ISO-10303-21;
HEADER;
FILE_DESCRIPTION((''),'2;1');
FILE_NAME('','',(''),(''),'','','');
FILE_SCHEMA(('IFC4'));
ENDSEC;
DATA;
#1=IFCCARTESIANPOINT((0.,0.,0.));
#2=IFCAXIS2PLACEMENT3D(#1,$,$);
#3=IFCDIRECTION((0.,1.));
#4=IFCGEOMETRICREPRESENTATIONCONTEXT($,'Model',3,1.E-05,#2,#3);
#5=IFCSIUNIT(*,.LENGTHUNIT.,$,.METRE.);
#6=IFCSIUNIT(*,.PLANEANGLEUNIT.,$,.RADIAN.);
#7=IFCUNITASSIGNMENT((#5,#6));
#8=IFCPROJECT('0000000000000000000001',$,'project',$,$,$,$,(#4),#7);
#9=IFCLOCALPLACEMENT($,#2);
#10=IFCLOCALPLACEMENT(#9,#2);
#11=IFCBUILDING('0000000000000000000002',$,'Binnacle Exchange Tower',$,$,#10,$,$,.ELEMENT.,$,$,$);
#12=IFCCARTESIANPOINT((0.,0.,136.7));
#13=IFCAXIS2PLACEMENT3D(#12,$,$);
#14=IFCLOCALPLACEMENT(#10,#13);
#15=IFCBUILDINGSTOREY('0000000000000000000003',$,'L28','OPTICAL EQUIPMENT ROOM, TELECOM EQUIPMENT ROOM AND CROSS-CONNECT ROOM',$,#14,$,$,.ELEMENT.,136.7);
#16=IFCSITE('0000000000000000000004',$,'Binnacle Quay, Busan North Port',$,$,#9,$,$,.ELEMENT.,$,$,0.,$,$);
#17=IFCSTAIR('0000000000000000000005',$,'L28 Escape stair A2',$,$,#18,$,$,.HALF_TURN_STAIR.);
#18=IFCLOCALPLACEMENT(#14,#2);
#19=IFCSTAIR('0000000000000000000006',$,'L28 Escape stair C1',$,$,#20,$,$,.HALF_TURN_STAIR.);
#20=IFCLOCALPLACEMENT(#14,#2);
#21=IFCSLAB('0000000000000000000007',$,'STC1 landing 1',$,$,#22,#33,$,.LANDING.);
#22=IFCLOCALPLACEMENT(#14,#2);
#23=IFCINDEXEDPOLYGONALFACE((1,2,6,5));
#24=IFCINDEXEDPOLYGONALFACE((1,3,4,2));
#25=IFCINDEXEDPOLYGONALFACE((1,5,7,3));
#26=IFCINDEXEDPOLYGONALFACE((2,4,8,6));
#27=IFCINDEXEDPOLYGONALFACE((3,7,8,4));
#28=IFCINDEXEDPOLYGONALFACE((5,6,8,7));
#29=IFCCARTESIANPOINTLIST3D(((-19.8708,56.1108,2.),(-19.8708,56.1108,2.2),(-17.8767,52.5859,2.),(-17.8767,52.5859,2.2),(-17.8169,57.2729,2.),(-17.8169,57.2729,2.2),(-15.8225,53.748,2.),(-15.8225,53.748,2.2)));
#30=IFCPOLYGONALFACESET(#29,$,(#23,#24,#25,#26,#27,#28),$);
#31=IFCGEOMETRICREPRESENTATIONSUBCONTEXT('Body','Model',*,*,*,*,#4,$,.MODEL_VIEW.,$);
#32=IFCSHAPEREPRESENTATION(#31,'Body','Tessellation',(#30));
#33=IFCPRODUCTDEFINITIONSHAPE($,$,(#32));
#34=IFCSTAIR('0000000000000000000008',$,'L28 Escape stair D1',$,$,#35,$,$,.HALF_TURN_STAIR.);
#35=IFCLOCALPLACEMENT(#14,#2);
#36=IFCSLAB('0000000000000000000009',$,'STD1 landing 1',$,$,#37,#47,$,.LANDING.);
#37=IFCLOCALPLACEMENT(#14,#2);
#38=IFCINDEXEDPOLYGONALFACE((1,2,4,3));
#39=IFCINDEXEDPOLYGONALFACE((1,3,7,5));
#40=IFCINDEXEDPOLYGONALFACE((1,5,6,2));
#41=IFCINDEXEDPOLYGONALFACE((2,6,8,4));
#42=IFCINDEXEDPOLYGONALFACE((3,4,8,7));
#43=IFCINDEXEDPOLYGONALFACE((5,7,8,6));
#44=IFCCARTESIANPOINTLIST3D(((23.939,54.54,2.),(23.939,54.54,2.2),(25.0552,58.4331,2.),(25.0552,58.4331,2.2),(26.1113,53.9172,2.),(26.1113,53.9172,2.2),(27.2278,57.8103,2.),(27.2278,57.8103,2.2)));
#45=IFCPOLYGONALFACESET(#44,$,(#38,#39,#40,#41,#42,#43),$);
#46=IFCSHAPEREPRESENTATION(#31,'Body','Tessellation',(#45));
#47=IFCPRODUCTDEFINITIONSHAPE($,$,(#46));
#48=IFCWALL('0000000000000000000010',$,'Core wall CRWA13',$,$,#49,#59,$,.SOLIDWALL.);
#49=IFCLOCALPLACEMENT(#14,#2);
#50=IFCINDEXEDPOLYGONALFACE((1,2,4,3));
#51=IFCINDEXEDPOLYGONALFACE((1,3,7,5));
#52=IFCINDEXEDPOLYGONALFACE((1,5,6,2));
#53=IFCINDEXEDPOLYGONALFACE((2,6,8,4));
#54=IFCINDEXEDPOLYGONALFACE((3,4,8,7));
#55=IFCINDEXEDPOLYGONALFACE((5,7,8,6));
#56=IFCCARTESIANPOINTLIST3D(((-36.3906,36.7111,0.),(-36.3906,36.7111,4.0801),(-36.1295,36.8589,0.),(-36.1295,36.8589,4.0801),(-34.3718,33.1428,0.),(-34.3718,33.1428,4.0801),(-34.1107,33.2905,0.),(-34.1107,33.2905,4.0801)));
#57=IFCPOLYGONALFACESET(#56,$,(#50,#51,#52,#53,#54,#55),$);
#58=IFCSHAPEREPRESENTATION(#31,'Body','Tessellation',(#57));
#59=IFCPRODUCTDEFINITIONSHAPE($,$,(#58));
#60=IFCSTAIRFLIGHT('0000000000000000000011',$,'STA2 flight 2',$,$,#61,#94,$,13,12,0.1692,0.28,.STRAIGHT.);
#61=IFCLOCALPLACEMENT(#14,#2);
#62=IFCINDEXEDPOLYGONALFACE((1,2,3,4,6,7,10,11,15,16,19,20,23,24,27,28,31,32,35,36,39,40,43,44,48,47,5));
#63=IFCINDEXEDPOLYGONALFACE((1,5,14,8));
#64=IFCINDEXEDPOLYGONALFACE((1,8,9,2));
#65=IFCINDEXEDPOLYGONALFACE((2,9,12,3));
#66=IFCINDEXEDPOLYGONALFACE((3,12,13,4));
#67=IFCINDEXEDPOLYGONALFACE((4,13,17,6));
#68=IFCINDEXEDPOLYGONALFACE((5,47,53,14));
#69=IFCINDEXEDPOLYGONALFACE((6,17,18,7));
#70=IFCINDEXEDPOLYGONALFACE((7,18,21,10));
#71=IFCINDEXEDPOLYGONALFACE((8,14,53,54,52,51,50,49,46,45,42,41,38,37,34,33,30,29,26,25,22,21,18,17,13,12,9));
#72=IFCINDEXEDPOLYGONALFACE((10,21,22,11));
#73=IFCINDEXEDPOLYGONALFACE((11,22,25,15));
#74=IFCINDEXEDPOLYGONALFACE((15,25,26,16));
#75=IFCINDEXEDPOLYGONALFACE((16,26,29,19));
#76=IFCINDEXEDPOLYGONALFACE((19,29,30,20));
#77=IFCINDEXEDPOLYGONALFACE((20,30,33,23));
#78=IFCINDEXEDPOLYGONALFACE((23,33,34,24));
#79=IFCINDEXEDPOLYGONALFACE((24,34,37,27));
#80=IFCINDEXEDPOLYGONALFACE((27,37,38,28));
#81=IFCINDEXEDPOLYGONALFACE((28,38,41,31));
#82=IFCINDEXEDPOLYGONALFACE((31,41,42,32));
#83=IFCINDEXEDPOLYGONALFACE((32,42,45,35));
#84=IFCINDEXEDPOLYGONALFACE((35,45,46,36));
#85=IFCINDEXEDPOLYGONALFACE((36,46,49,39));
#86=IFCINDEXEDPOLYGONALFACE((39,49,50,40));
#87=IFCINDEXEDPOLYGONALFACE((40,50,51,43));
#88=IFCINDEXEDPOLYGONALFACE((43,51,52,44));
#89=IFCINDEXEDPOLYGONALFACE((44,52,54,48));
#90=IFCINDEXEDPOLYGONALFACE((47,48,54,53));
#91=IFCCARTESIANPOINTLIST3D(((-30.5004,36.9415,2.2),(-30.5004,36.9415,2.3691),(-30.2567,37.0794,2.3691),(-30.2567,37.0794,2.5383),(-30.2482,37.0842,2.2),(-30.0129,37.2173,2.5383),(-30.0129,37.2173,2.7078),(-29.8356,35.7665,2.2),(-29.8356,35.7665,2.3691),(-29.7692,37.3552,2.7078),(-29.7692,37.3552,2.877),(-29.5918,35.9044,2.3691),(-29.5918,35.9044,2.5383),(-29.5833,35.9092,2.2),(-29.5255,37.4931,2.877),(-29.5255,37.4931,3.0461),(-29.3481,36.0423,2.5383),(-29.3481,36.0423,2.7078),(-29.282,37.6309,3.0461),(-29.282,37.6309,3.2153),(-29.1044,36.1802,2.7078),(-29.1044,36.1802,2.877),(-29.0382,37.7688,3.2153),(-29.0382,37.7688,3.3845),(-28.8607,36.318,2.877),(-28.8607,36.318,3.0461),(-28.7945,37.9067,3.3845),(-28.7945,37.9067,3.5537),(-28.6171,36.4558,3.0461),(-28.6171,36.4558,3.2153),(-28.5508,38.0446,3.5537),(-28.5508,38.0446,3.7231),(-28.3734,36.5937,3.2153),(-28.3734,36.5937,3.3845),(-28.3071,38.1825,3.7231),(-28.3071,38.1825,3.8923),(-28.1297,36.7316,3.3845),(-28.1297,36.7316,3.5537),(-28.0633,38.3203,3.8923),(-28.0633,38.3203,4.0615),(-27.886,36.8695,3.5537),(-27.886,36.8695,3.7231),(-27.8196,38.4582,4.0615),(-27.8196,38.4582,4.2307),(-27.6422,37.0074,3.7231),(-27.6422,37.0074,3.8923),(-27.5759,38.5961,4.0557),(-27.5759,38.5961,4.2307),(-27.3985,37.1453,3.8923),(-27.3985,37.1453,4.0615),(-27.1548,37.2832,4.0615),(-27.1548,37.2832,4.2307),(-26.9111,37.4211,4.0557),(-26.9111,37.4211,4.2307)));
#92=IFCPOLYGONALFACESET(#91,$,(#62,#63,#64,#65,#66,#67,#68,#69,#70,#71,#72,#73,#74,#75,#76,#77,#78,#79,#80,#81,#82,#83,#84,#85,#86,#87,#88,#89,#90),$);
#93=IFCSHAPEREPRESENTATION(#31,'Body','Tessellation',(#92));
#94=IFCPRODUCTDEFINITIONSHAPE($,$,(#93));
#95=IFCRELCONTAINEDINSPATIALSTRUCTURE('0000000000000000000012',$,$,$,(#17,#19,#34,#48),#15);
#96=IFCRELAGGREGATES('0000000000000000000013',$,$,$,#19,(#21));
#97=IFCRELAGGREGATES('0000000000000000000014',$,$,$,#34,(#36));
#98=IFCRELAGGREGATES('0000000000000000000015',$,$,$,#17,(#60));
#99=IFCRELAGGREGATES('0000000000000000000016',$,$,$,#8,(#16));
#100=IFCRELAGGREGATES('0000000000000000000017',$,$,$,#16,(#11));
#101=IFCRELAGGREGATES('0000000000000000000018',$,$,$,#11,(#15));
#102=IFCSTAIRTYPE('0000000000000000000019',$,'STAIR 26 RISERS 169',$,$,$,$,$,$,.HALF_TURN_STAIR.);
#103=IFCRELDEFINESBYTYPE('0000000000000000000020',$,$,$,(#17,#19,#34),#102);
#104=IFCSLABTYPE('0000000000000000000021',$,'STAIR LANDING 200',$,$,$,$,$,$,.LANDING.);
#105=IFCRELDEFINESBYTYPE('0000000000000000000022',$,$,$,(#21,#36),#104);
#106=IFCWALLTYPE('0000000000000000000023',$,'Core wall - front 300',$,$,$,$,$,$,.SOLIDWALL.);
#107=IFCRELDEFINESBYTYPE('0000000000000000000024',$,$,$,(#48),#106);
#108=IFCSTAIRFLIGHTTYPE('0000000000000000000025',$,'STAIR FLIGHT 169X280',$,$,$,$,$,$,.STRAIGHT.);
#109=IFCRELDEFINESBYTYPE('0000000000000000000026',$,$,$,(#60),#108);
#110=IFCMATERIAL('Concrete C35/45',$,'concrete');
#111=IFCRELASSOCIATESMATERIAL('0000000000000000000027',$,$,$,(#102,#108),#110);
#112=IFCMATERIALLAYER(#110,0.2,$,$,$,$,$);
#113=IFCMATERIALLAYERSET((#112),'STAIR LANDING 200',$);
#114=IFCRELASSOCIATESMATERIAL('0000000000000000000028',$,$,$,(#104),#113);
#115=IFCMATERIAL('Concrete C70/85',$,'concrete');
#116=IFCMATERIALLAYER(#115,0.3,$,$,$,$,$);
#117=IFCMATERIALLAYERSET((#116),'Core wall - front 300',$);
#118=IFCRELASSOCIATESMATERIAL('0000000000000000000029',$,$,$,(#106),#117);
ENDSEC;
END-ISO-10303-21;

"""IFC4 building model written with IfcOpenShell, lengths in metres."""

from ifc_helpers import new_model, si_unit, direction, frame, frame_2d, origin, place, context, subcontext, project, spatial, polyline, rectangle, outline, extrude, material, layer, layer_set, type_object, element, aggregate, save


model = new_model("IFC4")

# Units and contexts
model_context = context("Model", 3, precision=1e-05, world=origin(), true_north=direction((0.0, 1.0)))
body_context = subcontext(model_context, "Body", "Model", "MODEL_VIEW")
ifc_project = project(units=[si_unit("LENGTHUNIT", "METRE"), si_unit("PLANEANGLEUNIT", "RADIAN")], contexts=[model_context])

# Site, building, storey
site_placement = place(None, origin())
site = spatial("IfcSite", under=ifc_project, at=site_placement, Name="Binnacle Quay, Busan North Port", CompositionType="ELEMENT", RefElevation=0.0)
building_placement = place(site_placement, origin())
building = spatial("IfcBuilding", under=site, at=building_placement, Name="Binnacle Exchange Tower", CompositionType="ELEMENT")
storey_placement = place(building_placement, frame((0.0, 0.0, 136.7)))
storey = spatial("IfcBuildingStorey", under=building, at=storey_placement, Name="L28", Description="OPTICAL EQUIPMENT ROOM, TELECOM EQUIPMENT ROOM AND CROSS-CONNECT ROOM", CompositionType="ELEMENT", Elevation=136.7)

# Shared definitions
ifc_material_1 = material(Name="Concrete C70/85", Category="concrete")

# Shared definitions
ifc_material_2 = material(Name="Concrete C35/45", Category="concrete")

# Stairs, slabs
stair_type = type_object("IfcStairType", Name="STAIR 26 RISERS 169", PredefinedType="HALF_TURN_STAIR", material=ifc_material_2)
ifc_layer_1 = layer(ifc_material_2, 0.2)
ifc_layer_set_1 = layer_set([ifc_layer_1], Name="STAIR LANDING 200")
slab_type_1 = type_object("IfcSlabType", Name="STAIR LANDING 200", PredefinedType="LANDING", material=ifc_layer_set_1)
stair_1_placement = place(storey_placement, origin())
stair_1 = element("IfcStair", 1, at=stair_1_placement, inside=storey, type_object=stair_type, Name="L28 Escape stair A2", PredefinedType="HALF_TURN_STAIR")
stair_2_placement = place(storey_placement, origin())
stair_2 = element("IfcStair", 2, at=stair_2_placement, inside=storey, type_object=stair_type, Name="L28 Escape stair C1", PredefinedType="HALF_TURN_STAIR")
slab_1_placement = place(storey_placement, frame((0.0, 0.0, 2.0)))
slab_1 = element("IfcSlab", 3, at=slab_1_placement, type_object=slab_type_1, Name="STC1 landing 1", PredefinedType="LANDING", context=body_context, shape_type="SweptSolid", body=[
    extrude(outline(polyline([(-17.8767, 52.5859), (-15.8225, 53.748), (-17.8169, 57.2729), (-19.8708, 56.1108), (-17.8767, 52.5859)])), origin(), (0.0, 0.0, 1.0), 0.2),
])
aggregate(stair_2, [slab_1])
stair_3_placement = place(storey_placement, origin())
stair_3 = element("IfcStair", 4, at=stair_3_placement, inside=storey, type_object=stair_type, Name="L28 Escape stair D1", PredefinedType="HALF_TURN_STAIR")
slab_2_placement = place(storey_placement, frame((0.0, 0.0, 2.0)))
slab_2 = element("IfcSlab", 5, at=slab_2_placement, type_object=slab_type_1, Name="STD1 landing 1", PredefinedType="LANDING", context=body_context, shape_type="SweptSolid", body=[
    extrude(outline(polyline([(23.939, 54.54), (26.1113, 53.9172), (27.2278, 57.8103), (25.0552, 58.4331), (23.939, 54.54)])), origin(), (0.0, 0.0, 1.0), 0.2),
])
aggregate(stair_3, [slab_2])

# Wall
ifc_layer_2 = layer(ifc_material_1, 0.3)
ifc_layer_set_2 = layer_set([ifc_layer_2], Name="Core wall - front 300")
wall_type = type_object("IfcWallType", Name="Core wall - front 300", PredefinedType="SOLIDWALL", material=ifc_layer_set_2)
wall_placement = place(storey_placement, frame((-36.26, 36.7849, 0.0), z_axis=(0.0, 0.0, 1.0), x_axis=(0.492408, -0.870364, 0.0)))
element("IfcWall", 6, at=wall_placement, inside=storey, type_object=wall_type, Name="Core wall CRWA13", PredefinedType="SOLIDWALL", context=body_context, shape_type="SweptSolid", body=[
    extrude(rectangle(XDim=4.0999, YDim=0.3, at=frame_2d((2.0498, 0.0))), origin(), (0.0, 0.0, 1.0), 4.0801),
])

# Stair flight
stair_flight_type = type_object("IfcStairFlightType", Name="STAIR FLIGHT 169X280", PredefinedType="STRAIGHT", material=ifc_material_2)
stair_flight_placement = place(storey_placement, frame((-30.168, 36.354, 2.2), z_axis=(0.0, 0.0, 1.0), x_axis=(0.870356, 0.492424, 0.0)))
stair_flight = element("IfcStairFlight", 7, at=stair_flight_placement, type_object=stair_flight_type, Name="STA2 flight 2", NumberOfRisers=13, NumberOfTreads=12, PredefinedType="STRAIGHT", RiserHeight=0.1692, TreadLength=0.28, context=body_context, shape_type="SweptSolid", body=[
    extrude(outline(polyline([(0.0, 0.0), (0.0, 0.1692), (0.28, 0.1692), (0.28, 0.3384), (0.5601, 0.3384), (0.5601, 0.5078), (0.8401, 0.5078), (0.8401, 0.677), (1.1201, 0.677), (1.1201, 0.8462), (1.3999, 0.8462), (1.3999, 1.0154), (1.6799, 1.0154), (1.6799, 1.1846), (1.96, 1.1846), (1.96, 1.3538), (2.24, 1.3538), (2.24, 1.5232), (2.52, 1.5232), (2.52, 1.6924), (2.8, 1.6924), (2.8, 1.8616), (3.0801, 1.8616), (3.0801, 2.0308), (3.3601, 2.0308), (3.3601, 2.2), (3.3601, 1.8557), (0.2898, 0.0), (0.0, 0.0)])), frame((0.0, 0.675, 0.0), z_axis=(0.0, -1.0, 0.0), x_axis=(1.0, 0.0, 0.0)), (0.0, 0.0, 1.0), 1.3501),
])
aggregate(stair_1, [stair_flight])

save(model, "model.ifc")
